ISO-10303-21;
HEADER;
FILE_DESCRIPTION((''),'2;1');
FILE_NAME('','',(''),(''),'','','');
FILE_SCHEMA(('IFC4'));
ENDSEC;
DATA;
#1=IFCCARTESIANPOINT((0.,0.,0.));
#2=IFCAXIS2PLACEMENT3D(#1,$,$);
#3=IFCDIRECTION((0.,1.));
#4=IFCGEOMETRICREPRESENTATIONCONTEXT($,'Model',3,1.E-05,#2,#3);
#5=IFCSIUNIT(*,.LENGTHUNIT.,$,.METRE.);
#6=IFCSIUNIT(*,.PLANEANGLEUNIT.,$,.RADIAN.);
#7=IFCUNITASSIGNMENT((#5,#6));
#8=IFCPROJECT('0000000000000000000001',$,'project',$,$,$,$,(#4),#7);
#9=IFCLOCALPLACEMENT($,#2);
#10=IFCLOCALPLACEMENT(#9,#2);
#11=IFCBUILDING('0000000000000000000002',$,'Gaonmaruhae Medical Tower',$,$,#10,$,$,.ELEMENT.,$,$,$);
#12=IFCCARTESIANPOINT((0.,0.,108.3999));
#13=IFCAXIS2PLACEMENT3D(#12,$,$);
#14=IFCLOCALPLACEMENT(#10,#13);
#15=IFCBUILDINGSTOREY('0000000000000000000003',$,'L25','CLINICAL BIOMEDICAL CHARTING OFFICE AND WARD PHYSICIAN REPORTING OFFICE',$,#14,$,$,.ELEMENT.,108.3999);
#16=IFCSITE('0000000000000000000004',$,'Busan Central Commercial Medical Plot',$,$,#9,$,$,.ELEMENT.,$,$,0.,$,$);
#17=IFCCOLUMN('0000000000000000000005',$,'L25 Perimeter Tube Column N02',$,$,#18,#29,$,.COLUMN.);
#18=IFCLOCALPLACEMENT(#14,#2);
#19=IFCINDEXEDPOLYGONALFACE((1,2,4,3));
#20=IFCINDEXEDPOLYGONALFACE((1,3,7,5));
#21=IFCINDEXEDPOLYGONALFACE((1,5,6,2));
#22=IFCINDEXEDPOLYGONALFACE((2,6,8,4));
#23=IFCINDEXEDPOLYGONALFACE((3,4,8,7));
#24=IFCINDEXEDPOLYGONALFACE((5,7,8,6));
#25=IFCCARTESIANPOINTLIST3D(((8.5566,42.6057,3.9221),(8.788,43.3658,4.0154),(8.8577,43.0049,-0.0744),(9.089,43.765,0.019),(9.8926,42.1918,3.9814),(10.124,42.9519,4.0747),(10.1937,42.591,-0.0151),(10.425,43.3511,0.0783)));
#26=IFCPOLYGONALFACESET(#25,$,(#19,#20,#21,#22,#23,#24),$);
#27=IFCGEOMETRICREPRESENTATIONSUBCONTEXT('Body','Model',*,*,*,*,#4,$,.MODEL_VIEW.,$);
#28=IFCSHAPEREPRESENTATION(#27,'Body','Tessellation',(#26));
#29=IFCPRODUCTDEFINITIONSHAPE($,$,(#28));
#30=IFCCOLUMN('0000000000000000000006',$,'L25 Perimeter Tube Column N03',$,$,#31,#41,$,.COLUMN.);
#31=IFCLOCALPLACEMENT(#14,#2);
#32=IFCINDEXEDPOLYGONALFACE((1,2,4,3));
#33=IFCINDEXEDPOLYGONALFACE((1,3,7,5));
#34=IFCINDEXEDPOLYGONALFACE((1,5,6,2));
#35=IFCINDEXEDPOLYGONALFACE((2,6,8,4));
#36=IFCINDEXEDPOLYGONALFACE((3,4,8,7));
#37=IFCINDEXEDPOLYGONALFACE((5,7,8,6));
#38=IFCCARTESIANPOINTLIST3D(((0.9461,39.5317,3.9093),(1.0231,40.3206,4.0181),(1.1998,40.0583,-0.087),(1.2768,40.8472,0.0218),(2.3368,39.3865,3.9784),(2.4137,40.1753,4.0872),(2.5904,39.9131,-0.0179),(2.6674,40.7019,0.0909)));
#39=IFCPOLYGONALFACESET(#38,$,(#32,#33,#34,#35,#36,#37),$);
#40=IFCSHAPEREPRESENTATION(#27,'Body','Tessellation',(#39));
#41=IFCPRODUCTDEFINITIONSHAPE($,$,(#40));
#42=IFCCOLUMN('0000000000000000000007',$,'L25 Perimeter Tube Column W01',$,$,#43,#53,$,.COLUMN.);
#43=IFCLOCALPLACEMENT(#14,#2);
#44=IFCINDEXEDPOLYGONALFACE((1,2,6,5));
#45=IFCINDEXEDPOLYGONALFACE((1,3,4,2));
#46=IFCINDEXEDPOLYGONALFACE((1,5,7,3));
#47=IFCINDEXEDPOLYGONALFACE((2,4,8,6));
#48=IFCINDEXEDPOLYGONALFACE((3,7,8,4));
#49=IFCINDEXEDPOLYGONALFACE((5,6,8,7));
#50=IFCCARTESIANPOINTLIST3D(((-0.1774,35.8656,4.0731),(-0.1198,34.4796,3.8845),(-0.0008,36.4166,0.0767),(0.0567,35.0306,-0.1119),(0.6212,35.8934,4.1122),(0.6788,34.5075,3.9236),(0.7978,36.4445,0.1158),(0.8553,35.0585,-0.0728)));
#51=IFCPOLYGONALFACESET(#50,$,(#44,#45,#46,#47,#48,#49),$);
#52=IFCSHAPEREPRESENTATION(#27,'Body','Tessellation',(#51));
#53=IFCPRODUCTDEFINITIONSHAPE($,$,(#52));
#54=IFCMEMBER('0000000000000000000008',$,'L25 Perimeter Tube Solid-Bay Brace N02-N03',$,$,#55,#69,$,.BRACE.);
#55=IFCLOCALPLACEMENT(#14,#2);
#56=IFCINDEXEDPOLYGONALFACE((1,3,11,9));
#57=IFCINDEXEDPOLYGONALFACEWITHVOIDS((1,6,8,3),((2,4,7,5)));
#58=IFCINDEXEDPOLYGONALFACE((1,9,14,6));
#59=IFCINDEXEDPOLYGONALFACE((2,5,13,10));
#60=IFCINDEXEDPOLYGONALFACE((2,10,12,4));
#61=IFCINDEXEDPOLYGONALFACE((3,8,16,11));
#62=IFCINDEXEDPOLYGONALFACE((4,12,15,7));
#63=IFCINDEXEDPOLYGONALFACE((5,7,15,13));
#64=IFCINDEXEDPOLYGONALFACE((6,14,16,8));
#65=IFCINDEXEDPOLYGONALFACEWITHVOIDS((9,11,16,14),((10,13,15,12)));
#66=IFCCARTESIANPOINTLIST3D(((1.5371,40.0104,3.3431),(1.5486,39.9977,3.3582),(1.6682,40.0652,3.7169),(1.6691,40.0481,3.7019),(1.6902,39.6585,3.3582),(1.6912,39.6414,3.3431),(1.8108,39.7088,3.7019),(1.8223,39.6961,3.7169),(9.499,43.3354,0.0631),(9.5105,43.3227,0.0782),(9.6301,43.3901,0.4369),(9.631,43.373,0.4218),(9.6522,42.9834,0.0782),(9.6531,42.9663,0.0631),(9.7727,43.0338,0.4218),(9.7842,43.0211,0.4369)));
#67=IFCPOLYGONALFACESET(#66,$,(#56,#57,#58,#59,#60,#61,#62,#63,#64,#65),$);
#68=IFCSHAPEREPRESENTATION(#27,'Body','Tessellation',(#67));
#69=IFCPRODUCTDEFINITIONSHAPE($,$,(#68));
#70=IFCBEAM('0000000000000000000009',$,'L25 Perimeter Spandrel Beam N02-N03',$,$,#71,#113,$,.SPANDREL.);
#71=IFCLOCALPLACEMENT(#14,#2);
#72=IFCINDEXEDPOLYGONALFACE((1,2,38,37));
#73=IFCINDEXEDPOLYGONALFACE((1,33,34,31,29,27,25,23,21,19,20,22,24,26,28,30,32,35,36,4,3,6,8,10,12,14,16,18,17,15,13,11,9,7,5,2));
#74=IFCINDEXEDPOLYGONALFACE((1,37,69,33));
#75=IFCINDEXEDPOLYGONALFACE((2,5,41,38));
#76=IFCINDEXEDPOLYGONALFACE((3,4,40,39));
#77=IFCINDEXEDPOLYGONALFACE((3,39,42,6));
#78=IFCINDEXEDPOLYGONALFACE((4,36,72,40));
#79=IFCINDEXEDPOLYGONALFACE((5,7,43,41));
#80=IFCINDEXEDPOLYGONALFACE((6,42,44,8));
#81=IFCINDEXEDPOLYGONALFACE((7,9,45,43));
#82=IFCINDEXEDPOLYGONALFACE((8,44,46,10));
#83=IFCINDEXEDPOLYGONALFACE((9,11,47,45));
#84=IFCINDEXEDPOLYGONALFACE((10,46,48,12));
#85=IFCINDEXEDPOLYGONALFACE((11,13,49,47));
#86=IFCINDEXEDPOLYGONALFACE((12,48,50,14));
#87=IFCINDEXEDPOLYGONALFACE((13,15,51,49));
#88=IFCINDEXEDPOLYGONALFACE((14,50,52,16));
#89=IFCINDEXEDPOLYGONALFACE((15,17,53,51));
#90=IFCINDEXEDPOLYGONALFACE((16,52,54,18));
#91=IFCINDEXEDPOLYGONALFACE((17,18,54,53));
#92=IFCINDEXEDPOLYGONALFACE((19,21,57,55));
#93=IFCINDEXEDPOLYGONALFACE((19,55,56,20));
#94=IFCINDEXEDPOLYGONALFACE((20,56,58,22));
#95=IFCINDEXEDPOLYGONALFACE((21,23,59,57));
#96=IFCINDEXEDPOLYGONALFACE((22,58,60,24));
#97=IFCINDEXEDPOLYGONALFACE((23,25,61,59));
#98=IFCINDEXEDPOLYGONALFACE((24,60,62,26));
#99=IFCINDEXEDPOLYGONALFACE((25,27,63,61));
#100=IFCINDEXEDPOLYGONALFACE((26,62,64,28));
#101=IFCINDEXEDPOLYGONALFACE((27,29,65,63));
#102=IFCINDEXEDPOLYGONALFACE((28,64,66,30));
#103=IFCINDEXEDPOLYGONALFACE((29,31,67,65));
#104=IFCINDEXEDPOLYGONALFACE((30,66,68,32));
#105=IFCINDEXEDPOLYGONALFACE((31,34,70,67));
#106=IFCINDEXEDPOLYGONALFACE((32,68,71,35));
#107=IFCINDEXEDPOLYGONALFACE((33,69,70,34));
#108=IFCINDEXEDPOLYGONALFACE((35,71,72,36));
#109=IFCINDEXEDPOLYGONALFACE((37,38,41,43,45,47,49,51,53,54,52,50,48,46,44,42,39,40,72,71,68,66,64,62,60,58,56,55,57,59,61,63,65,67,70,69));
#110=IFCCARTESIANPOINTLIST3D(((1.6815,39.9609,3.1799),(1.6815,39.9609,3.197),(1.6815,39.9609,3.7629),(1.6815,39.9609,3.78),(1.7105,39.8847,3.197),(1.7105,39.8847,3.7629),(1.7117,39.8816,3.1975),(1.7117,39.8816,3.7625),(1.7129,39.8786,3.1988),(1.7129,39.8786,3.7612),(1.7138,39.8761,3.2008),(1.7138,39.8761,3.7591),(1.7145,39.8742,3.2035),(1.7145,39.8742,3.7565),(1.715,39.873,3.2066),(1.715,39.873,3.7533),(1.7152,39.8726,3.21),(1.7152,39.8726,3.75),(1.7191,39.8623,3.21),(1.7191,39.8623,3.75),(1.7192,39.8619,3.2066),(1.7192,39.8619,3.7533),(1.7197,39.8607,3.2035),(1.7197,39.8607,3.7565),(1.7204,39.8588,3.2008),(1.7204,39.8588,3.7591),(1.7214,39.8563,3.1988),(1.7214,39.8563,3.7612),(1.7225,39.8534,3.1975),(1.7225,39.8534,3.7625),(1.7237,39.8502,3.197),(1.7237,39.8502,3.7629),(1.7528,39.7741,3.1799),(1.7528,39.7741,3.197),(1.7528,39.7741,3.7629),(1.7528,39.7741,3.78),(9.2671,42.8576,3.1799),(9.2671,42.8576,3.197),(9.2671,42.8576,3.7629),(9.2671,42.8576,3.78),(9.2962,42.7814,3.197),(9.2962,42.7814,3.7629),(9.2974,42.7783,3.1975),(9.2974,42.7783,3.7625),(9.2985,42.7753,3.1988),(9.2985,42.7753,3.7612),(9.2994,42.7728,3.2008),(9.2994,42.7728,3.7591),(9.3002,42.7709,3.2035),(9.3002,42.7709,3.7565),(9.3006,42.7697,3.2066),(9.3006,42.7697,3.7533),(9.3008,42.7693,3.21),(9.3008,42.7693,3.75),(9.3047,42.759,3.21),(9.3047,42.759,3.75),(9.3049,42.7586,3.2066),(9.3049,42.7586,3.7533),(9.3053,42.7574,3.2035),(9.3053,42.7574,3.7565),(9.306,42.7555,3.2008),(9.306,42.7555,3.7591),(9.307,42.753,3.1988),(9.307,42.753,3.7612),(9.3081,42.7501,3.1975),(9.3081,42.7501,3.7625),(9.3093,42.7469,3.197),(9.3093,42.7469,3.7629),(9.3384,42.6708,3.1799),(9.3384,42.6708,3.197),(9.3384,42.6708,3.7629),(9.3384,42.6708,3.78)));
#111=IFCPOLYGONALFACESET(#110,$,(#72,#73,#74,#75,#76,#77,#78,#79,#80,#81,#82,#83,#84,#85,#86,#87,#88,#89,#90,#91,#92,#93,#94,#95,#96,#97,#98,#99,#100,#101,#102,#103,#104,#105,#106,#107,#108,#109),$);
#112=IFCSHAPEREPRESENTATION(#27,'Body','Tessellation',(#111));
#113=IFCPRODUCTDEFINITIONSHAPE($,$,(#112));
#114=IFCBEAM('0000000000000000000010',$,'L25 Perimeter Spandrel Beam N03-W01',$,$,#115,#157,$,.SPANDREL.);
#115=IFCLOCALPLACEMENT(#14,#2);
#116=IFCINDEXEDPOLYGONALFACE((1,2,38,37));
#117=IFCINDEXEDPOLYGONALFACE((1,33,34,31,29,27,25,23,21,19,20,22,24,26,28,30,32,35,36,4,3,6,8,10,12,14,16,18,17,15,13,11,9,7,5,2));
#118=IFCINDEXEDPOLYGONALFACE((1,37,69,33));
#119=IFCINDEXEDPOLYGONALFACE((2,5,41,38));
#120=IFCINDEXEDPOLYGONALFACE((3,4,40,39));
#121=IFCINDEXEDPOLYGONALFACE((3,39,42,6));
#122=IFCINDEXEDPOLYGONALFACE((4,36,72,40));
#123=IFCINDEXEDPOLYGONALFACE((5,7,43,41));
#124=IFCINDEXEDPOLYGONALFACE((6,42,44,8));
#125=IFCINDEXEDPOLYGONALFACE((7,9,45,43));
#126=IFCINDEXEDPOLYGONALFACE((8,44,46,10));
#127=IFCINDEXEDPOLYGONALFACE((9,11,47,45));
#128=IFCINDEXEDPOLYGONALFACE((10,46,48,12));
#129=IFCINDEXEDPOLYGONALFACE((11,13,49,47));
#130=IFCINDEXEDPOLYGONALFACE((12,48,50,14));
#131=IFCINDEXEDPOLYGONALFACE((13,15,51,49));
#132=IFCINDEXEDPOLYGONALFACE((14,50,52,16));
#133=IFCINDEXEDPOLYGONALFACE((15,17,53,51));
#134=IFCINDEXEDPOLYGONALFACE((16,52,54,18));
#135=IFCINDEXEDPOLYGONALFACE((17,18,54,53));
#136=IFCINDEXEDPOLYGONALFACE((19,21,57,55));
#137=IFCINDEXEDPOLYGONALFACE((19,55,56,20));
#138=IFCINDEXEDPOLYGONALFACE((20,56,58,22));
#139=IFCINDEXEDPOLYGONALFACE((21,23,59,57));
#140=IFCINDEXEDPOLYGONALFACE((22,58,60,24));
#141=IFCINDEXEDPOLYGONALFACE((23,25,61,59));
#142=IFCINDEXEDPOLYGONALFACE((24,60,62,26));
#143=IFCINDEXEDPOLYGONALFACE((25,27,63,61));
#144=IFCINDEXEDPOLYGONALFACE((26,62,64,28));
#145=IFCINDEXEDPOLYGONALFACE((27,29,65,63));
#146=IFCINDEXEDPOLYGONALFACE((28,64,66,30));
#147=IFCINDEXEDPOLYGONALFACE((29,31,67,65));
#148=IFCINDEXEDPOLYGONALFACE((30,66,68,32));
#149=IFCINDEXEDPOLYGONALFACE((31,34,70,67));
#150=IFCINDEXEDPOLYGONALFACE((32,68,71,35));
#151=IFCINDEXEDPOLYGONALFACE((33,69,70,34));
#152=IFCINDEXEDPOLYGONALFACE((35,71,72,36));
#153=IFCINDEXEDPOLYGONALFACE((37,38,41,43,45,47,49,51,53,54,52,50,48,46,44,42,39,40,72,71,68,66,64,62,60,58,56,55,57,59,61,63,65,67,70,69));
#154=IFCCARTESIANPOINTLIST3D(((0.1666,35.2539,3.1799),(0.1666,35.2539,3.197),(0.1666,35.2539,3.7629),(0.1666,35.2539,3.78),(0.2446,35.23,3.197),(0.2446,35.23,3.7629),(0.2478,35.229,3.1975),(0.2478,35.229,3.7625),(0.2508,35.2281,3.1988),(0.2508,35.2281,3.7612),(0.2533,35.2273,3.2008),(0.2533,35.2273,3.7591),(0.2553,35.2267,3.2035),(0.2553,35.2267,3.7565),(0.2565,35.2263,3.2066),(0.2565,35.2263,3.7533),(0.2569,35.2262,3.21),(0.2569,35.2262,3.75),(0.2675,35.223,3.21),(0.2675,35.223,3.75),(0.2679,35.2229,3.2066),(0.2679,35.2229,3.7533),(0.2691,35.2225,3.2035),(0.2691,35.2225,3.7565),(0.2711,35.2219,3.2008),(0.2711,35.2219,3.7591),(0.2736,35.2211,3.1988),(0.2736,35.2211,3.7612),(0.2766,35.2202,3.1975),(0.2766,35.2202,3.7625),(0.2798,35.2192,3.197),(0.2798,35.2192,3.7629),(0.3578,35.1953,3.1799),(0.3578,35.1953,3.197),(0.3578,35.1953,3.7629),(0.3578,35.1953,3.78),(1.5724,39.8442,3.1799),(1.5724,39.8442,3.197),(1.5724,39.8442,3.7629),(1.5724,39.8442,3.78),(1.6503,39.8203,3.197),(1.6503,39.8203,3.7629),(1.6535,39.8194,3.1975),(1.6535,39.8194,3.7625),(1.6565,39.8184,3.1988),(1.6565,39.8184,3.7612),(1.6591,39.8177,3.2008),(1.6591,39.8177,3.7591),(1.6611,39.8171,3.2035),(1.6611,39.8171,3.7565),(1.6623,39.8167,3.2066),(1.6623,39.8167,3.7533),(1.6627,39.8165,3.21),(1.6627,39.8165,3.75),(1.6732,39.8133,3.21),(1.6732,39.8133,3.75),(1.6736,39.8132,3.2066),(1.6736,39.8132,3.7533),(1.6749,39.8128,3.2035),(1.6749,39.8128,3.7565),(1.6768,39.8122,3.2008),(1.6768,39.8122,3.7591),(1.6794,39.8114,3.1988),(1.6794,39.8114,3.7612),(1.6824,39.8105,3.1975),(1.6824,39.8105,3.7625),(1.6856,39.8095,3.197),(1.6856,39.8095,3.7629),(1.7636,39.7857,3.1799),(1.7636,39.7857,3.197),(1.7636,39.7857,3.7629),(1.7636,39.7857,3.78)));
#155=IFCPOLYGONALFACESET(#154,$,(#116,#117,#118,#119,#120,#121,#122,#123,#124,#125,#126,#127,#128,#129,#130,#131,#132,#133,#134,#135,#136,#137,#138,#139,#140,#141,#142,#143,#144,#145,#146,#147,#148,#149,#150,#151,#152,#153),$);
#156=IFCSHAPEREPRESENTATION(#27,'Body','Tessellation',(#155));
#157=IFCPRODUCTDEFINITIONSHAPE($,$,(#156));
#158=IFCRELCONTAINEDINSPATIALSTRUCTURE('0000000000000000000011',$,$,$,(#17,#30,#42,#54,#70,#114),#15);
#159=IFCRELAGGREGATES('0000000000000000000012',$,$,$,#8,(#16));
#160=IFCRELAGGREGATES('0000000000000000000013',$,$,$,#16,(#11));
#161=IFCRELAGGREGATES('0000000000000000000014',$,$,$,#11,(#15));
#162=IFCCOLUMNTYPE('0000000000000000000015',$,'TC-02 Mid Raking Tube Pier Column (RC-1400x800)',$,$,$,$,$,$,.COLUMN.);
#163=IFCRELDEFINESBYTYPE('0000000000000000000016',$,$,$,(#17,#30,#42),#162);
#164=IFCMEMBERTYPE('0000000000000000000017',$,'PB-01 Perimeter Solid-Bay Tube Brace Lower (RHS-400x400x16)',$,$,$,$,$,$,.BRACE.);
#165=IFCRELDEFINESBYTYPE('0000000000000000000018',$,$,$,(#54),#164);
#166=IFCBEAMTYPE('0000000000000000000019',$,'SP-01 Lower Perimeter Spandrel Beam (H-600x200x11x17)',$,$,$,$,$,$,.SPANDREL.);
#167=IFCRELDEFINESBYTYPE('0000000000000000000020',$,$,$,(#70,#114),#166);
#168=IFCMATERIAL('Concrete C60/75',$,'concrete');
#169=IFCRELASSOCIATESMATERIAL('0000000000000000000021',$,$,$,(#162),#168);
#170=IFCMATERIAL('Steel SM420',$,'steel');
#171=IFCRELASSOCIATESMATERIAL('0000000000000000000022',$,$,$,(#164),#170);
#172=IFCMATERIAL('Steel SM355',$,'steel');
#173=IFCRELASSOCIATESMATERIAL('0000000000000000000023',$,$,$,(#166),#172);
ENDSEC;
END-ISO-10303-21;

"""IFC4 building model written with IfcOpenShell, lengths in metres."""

from ifc_helpers import new_model, si_unit, direction, frame, origin, origin_2d, place, context, subcontext, project, spatial, rectangle, hollow_rectangle, i_section, extrude, material, material_profile, profile_set, type_object, element, save


model = new_model("IFC4")

# Units and contexts
model_context = context("Model", 3, precision=1e-05, world=origin(), true_north=direction((0.0, 1.0)))
body_context = subcontext(model_context, "Body", "Model", "MODEL_VIEW")
ifc_project = project(units=[si_unit("LENGTHUNIT", "METRE"), si_unit("PLANEANGLEUNIT", "RADIAN")], contexts=[model_context])

# Site, building, storey
site_placement = place(None, origin())
site = spatial("IfcSite", under=ifc_project, at=site_placement, Name="Busan Central Commercial Medical Plot", CompositionType="ELEMENT", RefElevation=0.0)
building_placement = place(site_placement, origin())
building = spatial("IfcBuilding", under=site, at=building_placement, Name="Gaonmaruhae Medical Tower", CompositionType="ELEMENT")
storey_placement = place(building_placement, frame((0.0, 0.0, 108.3999)))
storey = spatial("IfcBuildingStorey", under=building, at=storey_placement, Name="L25", Description="CLINICAL BIOMEDICAL CHARTING OFFICE AND WARD PHYSICIAN REPORTING OFFICE", CompositionType="ELEMENT", Elevation=108.3999)

# Columns
ifc_material_1 = material(Name="Concrete C60/75", Category="concrete")
ifc_material_profile_1 = material_profile(ifc_material_1, rectangle(XDim=1.3999, YDim=0.8, at=origin_2d()), Name="RC-1400x800")
ifc_profile_set_1 = profile_set([ifc_material_profile_1], Name="Concrete C60/75")
column_type = type_object("IfcColumnType", Name="TC-02 Mid Raking Tube Pier Column (RC-1400x800)", PredefinedType="COLUMN", material=ifc_profile_set_1)
column_1_placement = place(storey_placement, frame((9.6414, 43.178, 0.002), z_axis=(-0.074743, -0.099111, 0.992265), x_axis=(0.954353, -0.295663, 0.042355)))
element("IfcColumn", 1, at=column_1_placement, inside=storey, type_object=column_type, Name="L25 Perimeter Tube Column N02", PredefinedType="COLUMN", context=body_context, shape_type="SweptSolid", body=[
    extrude(rectangle(XDim=1.3999, YDim=0.8, at=origin_2d()), origin(), (0.0, 0.0, 1.0), 4.0276),
])
column_2_placement = place(storey_placement, frame((1.9336, 40.3801, 0.002), z_axis=(-0.062805, -0.130386, 0.989472), x_axis=(0.993375, -0.103764, 0.04938)))
element("IfcColumn", 2, at=column_2_placement, inside=storey, type_object=column_type, Name="L25 Perimeter Tube Column N03", PredefinedType="COLUMN", context=body_context, shape_type="SweptSolid", body=[
    extrude(rectangle(XDim=1.3999, YDim=0.8, at=origin_2d()), origin(), (0.0, 0.0, 1.0), 4.0388),
])
column_3_placement = place(storey_placement, frame((0.4272, 35.7375, 0.002), z_axis=(-0.043713, -0.13646, 0.989681), x_axis=(-0.041135, 0.990033, 0.134691)))
element("IfcColumn", 3, at=column_3_placement, inside=storey, type_object=column_type, Name="L25 Perimeter Tube Column W01", PredefinedType="COLUMN", context=body_context, shape_type="SweptSolid", body=[
    extrude(rectangle(XDim=1.3999, YDim=0.8, at=origin_2d()), origin(), (0.0, 0.0, 1.0), 4.0381),
])

# Member
ifc_material_2 = material(Name="Steel SM420", Category="steel")
ifc_material_profile_2 = material_profile(ifc_material_2, hollow_rectangle(XDim=0.3999, YDim=0.3999, WallThickness=0.0161, at=origin_2d()), Name="RHS-400x400x16")
ifc_profile_set_2 = profile_set([ifc_material_profile_2], Name="Steel SM420")
member_type = type_object("IfcMemberType", Name="PB-01 Perimeter Solid-Bay Tube Brace Lower (RHS-400x400x16)", PredefinedType="BRACE", material=ifc_profile_set_2)
member_placement = place(storey_placement, frame((9.6416, 43.1782, 0.25), z_axis=(-0.862546, -0.360205, 0.355339), x_axis=(0.385355, -0.922769, 0.0)))
element("IfcMember", 4, at=member_placement, inside=storey, type_object=member_type, Name="L25 Perimeter Tube Solid-Bay Brace N02-N03", PredefinedType="BRACE", context=body_context, shape_type="SweptSolid", body=[
    extrude(hollow_rectangle(XDim=0.3999, YDim=0.3999, WallThickness=0.0161, at=origin_2d()), origin(), (0.0, 0.0, 1.0), 9.2307),
])

# Beams
ifc_material_3 = material(Name="Steel SM355", Category="steel")
ifc_material_profile_3 = material_profile(ifc_material_3, i_section(OverallWidth=0.2, OverallDepth=0.6001, WebThickness=0.011, FlangeThickness=0.0171, FilletRadius=0.0129, at=origin_2d()), Name="H-600x200x11x17")
ifc_profile_set_3 = profile_set([ifc_material_profile_3], Name="Steel SM355")
beam_type = type_object("IfcBeamType", Name="SP-01 Lower Perimeter Spandrel Beam (H-600x200x11x17)", PredefinedType="SPANDREL", material=ifc_profile_set_3)
beam_1_placement = place(storey_placement, frame((9.3027, 42.7642, 3.48), z_axis=(-0.934203, -0.356742, 0.0), x_axis=(0.356742, -0.934203, 0.0)))
element("IfcBeam", 5, at=beam_1_placement, inside=storey, type_object=beam_type, Name="L25 Perimeter Spandrel Beam N02-N03", PredefinedType="SPANDREL", context=body_context, shape_type="SweptSolid", body=[
    extrude(i_section(OverallWidth=0.2, OverallDepth=0.6001, WebThickness=0.011, FlangeThickness=0.0171, FilletRadius=0.0129, at=origin_2d()), origin(), (0.0, 0.0, 1.0), 8.1199),
])
beam_2_placement = place(storey_placement, frame((1.668, 39.8149, 3.48), z_axis=(-0.292821, -0.956167, 0.0), x_axis=(0.956167, -0.292821, 0.0)))
element("IfcBeam", 6, at=beam_2_placement, inside=storey, type_object=beam_type, Name="L25 Perimeter Spandrel Beam N03-W01", PredefinedType="SPANDREL", context=body_context, shape_type="SweptSolid", body=[
    extrude(i_section(OverallWidth=0.2, OverallDepth=0.6001, WebThickness=0.011, FlangeThickness=0.0171, FilletRadius=0.0129, at=origin_2d()), origin(), (0.0, 0.0, 1.0), 4.8008),
])

save(model, "model.ifc")
